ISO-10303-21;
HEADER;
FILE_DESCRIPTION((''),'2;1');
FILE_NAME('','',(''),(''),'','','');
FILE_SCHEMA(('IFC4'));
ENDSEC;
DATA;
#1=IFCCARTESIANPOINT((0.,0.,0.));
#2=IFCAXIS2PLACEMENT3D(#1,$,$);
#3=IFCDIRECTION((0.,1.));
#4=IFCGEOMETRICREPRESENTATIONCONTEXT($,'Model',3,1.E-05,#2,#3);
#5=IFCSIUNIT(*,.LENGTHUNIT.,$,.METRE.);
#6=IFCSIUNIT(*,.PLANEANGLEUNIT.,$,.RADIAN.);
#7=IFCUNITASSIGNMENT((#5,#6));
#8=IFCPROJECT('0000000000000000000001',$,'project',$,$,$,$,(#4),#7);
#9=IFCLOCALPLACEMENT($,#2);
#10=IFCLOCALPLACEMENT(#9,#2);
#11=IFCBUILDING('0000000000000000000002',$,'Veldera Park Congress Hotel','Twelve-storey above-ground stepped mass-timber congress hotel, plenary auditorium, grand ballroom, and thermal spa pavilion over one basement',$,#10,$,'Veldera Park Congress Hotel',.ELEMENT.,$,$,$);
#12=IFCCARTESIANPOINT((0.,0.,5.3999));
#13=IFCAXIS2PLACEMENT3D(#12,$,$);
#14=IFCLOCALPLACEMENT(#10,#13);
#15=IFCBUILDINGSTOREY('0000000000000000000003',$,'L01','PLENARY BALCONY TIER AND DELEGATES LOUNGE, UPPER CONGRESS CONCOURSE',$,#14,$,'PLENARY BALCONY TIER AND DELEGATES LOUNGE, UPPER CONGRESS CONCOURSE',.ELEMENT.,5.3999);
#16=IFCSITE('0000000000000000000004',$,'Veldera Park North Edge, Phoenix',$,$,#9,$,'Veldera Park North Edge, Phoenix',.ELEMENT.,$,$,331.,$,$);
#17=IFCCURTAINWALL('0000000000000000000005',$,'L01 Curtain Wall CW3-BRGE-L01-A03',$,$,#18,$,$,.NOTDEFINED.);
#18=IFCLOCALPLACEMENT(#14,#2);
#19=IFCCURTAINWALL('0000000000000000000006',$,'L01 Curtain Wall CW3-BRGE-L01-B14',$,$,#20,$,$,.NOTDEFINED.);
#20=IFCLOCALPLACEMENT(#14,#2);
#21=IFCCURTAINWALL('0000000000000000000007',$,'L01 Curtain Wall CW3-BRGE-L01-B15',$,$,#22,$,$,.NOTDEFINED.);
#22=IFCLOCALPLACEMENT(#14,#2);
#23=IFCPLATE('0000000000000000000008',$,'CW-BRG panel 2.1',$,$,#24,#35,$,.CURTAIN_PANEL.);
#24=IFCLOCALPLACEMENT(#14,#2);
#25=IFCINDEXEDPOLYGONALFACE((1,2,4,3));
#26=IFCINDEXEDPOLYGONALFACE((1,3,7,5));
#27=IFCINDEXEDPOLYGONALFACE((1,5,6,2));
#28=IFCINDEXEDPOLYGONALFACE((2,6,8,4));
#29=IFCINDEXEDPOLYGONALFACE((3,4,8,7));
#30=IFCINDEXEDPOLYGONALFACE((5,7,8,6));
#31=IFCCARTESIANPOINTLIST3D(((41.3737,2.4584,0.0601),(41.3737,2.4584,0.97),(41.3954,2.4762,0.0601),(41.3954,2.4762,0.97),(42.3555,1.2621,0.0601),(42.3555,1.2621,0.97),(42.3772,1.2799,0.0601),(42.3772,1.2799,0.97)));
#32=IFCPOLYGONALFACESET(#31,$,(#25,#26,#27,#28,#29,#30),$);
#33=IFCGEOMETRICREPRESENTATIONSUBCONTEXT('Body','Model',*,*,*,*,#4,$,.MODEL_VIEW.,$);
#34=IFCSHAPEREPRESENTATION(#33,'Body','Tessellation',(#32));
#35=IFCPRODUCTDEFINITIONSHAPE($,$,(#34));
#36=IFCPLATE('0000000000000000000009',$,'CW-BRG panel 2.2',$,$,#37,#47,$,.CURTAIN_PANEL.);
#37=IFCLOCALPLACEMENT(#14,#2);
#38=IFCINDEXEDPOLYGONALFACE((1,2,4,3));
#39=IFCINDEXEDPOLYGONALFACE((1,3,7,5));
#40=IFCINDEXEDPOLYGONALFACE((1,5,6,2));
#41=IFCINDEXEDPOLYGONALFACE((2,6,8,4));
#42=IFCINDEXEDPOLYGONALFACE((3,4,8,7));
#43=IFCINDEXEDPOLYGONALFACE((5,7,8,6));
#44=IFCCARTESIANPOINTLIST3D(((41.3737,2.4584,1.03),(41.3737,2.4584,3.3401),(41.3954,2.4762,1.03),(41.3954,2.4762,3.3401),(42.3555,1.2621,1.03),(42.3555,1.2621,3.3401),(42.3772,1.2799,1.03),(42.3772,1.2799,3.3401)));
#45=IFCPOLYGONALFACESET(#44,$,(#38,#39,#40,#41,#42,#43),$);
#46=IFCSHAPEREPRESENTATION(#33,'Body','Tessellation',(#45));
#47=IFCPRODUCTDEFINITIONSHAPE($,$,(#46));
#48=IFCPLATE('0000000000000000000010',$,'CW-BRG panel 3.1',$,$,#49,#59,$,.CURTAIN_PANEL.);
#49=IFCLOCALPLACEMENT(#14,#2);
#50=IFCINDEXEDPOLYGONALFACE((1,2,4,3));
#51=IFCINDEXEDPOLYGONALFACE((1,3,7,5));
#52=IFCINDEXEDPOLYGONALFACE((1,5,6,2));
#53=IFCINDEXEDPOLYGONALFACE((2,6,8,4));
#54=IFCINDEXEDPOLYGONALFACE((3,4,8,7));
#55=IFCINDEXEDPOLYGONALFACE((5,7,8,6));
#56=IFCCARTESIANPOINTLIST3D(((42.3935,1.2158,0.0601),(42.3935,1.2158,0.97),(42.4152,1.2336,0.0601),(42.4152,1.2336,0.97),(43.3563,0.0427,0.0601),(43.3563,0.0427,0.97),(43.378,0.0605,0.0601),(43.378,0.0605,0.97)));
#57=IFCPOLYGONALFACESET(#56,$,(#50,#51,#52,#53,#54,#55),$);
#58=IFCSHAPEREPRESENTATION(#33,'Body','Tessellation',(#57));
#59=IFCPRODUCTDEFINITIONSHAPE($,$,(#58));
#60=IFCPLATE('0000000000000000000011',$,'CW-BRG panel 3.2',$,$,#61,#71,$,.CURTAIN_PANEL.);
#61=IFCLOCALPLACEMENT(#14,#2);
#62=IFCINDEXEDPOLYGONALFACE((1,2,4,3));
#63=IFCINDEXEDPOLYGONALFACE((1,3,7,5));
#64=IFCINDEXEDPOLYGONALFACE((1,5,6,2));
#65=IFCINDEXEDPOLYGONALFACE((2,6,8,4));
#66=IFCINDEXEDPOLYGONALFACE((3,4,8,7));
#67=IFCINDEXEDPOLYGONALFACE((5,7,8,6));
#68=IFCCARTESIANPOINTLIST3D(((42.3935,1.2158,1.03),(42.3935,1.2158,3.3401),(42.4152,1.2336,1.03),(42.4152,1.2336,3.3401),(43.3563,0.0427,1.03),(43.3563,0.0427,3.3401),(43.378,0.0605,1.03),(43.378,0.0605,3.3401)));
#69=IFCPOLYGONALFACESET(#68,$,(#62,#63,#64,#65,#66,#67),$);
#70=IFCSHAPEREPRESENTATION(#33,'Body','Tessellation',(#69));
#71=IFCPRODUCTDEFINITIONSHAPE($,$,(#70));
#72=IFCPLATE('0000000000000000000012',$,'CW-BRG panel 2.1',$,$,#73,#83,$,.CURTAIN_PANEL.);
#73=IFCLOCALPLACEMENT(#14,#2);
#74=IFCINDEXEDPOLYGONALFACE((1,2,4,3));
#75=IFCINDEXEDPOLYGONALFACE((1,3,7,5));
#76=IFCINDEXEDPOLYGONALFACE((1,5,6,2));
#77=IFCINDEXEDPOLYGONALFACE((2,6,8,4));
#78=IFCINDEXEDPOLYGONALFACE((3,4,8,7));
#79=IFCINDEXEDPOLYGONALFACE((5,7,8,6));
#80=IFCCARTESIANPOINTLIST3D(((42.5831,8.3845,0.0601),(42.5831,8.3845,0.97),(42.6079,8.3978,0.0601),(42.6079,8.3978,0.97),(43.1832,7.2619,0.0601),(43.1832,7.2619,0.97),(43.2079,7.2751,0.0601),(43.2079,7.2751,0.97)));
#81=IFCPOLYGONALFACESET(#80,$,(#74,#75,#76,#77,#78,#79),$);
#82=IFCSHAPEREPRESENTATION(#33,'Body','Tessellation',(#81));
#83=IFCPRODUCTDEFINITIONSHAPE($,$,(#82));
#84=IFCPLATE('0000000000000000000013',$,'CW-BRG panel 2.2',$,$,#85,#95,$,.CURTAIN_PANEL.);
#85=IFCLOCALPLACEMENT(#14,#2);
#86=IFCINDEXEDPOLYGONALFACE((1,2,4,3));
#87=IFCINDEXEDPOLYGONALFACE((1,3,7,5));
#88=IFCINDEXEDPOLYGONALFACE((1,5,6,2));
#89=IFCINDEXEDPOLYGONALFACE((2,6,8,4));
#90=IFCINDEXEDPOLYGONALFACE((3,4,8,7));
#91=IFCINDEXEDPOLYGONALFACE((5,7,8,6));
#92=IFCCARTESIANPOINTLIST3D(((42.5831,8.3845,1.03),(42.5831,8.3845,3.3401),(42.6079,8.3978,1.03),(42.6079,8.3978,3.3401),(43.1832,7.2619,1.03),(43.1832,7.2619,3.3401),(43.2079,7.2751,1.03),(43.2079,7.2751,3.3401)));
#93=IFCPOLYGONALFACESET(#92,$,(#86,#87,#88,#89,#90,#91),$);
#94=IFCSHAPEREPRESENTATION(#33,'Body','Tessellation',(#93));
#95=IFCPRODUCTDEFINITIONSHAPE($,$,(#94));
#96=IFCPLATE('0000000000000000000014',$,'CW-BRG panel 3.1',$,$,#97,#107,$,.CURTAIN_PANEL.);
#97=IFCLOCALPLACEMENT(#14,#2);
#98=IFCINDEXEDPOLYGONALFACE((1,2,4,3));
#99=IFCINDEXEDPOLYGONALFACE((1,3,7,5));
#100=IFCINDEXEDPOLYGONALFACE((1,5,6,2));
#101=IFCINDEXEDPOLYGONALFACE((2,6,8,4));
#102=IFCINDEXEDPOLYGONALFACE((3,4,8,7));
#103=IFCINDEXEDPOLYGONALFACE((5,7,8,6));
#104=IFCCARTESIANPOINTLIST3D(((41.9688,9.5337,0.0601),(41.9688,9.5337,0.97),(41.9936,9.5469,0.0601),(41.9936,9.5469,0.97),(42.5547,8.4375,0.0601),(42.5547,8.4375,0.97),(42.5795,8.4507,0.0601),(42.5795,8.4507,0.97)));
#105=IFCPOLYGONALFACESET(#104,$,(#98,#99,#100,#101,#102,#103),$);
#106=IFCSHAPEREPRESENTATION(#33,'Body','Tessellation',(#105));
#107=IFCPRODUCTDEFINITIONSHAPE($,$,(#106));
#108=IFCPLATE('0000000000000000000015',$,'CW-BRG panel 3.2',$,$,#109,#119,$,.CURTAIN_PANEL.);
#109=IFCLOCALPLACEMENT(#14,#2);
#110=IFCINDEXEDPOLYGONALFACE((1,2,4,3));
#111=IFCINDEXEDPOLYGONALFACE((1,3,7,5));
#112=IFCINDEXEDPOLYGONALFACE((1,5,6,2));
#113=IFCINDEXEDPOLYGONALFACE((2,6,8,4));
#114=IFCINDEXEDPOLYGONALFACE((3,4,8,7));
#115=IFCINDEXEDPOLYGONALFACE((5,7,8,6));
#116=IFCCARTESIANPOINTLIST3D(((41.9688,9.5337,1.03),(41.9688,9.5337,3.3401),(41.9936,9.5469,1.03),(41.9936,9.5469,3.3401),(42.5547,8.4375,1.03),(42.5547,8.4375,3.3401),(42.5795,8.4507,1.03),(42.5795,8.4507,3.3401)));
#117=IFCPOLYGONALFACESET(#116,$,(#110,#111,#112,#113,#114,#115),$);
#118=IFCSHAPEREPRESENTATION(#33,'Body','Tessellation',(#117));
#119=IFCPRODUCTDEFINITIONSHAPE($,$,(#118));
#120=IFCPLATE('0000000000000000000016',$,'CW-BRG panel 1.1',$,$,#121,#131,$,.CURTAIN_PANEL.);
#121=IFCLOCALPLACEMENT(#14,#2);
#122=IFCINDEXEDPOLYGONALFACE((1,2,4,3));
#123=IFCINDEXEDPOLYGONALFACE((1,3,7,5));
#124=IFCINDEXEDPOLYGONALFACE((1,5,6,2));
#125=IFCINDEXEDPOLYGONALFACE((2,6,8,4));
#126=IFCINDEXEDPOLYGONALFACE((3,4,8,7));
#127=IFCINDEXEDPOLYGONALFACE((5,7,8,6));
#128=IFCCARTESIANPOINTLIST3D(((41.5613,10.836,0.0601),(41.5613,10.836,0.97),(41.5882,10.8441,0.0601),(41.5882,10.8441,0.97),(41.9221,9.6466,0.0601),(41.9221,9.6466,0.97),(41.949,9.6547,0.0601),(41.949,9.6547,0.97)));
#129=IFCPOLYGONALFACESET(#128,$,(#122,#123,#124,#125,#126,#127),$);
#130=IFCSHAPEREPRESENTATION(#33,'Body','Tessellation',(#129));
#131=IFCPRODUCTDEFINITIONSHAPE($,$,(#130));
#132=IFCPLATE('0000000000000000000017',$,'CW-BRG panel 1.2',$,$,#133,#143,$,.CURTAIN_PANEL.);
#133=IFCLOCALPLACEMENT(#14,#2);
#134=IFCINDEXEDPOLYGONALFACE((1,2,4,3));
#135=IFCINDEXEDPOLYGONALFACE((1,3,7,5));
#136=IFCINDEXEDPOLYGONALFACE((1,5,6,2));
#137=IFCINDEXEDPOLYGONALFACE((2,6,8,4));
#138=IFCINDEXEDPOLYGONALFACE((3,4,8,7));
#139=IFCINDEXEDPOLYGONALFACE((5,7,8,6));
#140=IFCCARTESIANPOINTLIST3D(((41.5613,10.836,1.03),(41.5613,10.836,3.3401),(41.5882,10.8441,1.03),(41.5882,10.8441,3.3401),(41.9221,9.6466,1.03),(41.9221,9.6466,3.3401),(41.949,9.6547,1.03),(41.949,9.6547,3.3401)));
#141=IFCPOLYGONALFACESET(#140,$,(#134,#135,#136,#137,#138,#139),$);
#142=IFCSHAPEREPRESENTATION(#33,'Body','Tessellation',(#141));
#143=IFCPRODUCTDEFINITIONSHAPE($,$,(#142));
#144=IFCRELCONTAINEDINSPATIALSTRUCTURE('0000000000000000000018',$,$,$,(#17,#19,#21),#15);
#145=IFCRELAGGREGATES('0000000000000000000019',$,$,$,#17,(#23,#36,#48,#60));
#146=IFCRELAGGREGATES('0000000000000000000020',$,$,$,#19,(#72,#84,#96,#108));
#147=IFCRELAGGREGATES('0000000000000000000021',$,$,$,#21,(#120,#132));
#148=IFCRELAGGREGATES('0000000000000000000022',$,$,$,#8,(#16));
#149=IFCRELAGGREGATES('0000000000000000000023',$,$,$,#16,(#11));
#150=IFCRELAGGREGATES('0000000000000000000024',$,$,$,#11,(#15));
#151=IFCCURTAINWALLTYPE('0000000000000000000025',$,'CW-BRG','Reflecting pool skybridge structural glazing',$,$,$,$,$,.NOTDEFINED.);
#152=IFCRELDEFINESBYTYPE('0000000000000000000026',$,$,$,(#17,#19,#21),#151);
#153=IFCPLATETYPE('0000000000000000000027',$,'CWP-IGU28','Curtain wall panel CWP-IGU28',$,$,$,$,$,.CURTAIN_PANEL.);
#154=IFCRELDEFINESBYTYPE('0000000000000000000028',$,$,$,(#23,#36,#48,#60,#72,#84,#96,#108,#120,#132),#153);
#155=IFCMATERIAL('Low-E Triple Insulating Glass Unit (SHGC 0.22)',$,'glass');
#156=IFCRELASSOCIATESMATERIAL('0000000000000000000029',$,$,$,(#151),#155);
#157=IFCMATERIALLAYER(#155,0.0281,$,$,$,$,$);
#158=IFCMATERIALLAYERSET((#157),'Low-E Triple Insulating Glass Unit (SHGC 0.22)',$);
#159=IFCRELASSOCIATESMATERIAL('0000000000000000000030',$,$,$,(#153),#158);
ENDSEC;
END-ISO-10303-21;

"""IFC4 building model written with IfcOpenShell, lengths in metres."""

from ifc_helpers import new_model, si_unit, direction, frame, origin, origin_2d, place, context, subcontext, project, spatial, rectangle, extrude, material, layer, layer_set, type_object, element, aggregate, save


model = new_model("IFC4")

# Units and contexts
model_context = context("Model", 3, precision=1e-05, world=origin(), true_north=direction((0.0, 1.0)))
body_context = subcontext(model_context, "Body", "Model", "MODEL_VIEW")
ifc_project = project(units=[si_unit("LENGTHUNIT", "METRE"), si_unit("PLANEANGLEUNIT", "RADIAN")], contexts=[model_context])

# Site, building, storey
site_placement = place(None, origin())
site = spatial("IfcSite", under=ifc_project, at=site_placement, Name="Veldera Park North Edge, Phoenix", LongName="Veldera Park North Edge, Phoenix", CompositionType="ELEMENT", RefElevation=331.0)
building_placement = place(site_placement, origin())
building = spatial("IfcBuilding", under=site, at=building_placement, Name="Veldera Park Congress Hotel", Description="Twelve-storey above-ground stepped mass-timber congress hotel, plenary auditorium, grand ballroom, and thermal spa pavilion over one basement", LongName="Veldera Park Congress Hotel", CompositionType="ELEMENT")
storey_placement = place(building_placement, frame((0.0, 0.0, 5.3999)))
storey = spatial("IfcBuildingStorey", under=building, at=storey_placement, Name="L01", Description="PLENARY BALCONY TIER AND DELEGATES LOUNGE, UPPER CONGRESS CONCOURSE", LongName="PLENARY BALCONY TIER AND DELEGATES LOUNGE, UPPER CONGRESS CONCOURSE", CompositionType="ELEMENT", Elevation=5.3999)

# Curtain walls
ifc_material_1 = material(Name="Low-E Triple Insulating Glass Unit (SHGC 0.22)", Category="glass")
curtain_wall_type = type_object("IfcCurtainWallType", Name="CW-BRG", Description="Reflecting pool skybridge structural glazing", PredefinedType="NOTDEFINED", material=ifc_material_1)
curtain_wall_1_placement = place(storey_placement, origin())
curtain_wall_1 = element("IfcCurtainWall", 1, at=curtain_wall_1_placement, inside=storey, type_object=curtain_wall_type, Name="L01 Curtain Wall CW3-BRGE-L01-A03", PredefinedType="NOTDEFINED")
curtain_wall_2_placement = place(storey_placement, origin())
curtain_wall_2 = element("IfcCurtainWall", 2, at=curtain_wall_2_placement, inside=storey, type_object=curtain_wall_type, Name="L01 Curtain Wall CW3-BRGE-L01-B14", PredefinedType="NOTDEFINED")
curtain_wall_3_placement = place(storey_placement, origin())
curtain_wall_3 = element("IfcCurtainWall", 3, at=curtain_wall_3_placement, inside=storey, type_object=curtain_wall_type, Name="L01 Curtain Wall CW3-BRGE-L01-B15", PredefinedType="NOTDEFINED")

# Plates
ifc_layer = layer(ifc_material_1, 0.0281)
ifc_layer_set = layer_set([ifc_layer], Name="Low-E Triple Insulating Glass Unit (SHGC 0.22)")
plate_type = type_object("IfcPlateType", Name="CWP-IGU28", Description="Curtain wall panel CWP-IGU28", PredefinedType="CURTAIN_PANEL", material=ifc_layer_set)
plate_1_placement = place(storey_placement, frame((41.8755, 1.8691, 0.0601), z_axis=(0.0, 0.0, 1.0), x_axis=(0.634402, -0.773003, 0.0)))
plate_1 = element("IfcPlate", 4, at=plate_1_placement, type_object=plate_type, Name="CW-BRG panel 2.1", PredefinedType="CURTAIN_PANEL", context=body_context, shape_type="SweptSolid", body=[
    extrude(rectangle(XDim=1.5476, YDim=0.0281, at=origin_2d()), origin(), (0.0, 0.0, 1.0), 0.9099),
])
plate_2_placement = place(storey_placement, frame((41.8755, 1.8691, 1.03), z_axis=(0.0, 0.0, 1.0), x_axis=(0.634402, -0.773003, 0.0)))
plate_2 = element("IfcPlate", 5, at=plate_2_placement, type_object=plate_type, Name="CW-BRG panel 2.2", PredefinedType="CURTAIN_PANEL", context=body_context, shape_type="SweptSolid", body=[
    extrude(rectangle(XDim=1.5476, YDim=0.0281, at=origin_2d()), origin(), (0.0, 0.0, 1.0), 2.3101),
])
plate_3_placement = place(storey_placement, frame((42.8857, 0.6382, 0.0601), z_axis=(0.0, 0.0, 1.0), x_axis=(0.634402, -0.773003, 0.0)))
plate_3 = element("IfcPlate", 6, at=plate_3_placement, type_object=plate_type, Name="CW-BRG panel 3.1", PredefinedType="CURTAIN_PANEL", context=body_context, shape_type="SweptSolid", body=[
    extrude(rectangle(XDim=1.5176, YDim=0.0281, at=origin_2d()), origin(), (0.0, 0.0, 1.0), 0.9099),
])
plate_4_placement = place(storey_placement, frame((42.8857, 0.6382, 1.03), z_axis=(0.0, 0.0, 1.0), x_axis=(0.634402, -0.773003, 0.0)))
plate_4 = element("IfcPlate", 7, at=plate_4_placement, type_object=plate_type, Name="CW-BRG panel 3.2", PredefinedType="CURTAIN_PANEL", context=body_context, shape_type="SweptSolid", body=[
    extrude(rectangle(XDim=1.5176, YDim=0.0281, at=origin_2d()), origin(), (0.0, 0.0, 1.0), 2.3101),
])
aggregate(curtain_wall_1, [plate_1, plate_2, plate_3, plate_4])
plate_5_placement = place(storey_placement, frame((42.8955, 7.8298, 0.0601), z_axis=(0.0, 0.0, 1.0), x_axis=(-0.471384, 0.881928, 0.0)))
plate_5 = element("IfcPlate", 8, at=plate_5_placement, type_object=plate_type, Name="CW-BRG panel 2.1", PredefinedType="CURTAIN_PANEL", context=body_context, shape_type="SweptSolid", body=[
    extrude(rectangle(XDim=1.2729, YDim=0.0281, at=origin_2d()), origin(), (0.0, 0.0, 1.0), 0.9099),
])
plate_6_placement = place(storey_placement, frame((42.8955, 7.8298, 1.03), z_axis=(0.0, 0.0, 1.0), x_axis=(-0.471384, 0.881928, 0.0)))
plate_6 = element("IfcPlate", 9, at=plate_6_placement, type_object=plate_type, Name="CW-BRG panel 2.2", PredefinedType="CURTAIN_PANEL", context=body_context, shape_type="SweptSolid", body=[
    extrude(rectangle(XDim=1.2729, YDim=0.0281, at=origin_2d()), origin(), (0.0, 0.0, 1.0), 2.3101),
])
plate_7_placement = place(storey_placement, frame((42.2742, 8.9922, 0.0601), z_axis=(0.0, 0.0, 1.0), x_axis=(-0.471384, 0.881928, 0.0)))
plate_7 = element("IfcPlate", 10, at=plate_7_placement, type_object=plate_type, Name="CW-BRG panel 3.1", PredefinedType="CURTAIN_PANEL", context=body_context, shape_type="SweptSolid", body=[
    extrude(rectangle(XDim=1.2429, YDim=0.0281, at=origin_2d()), origin(), (0.0, 0.0, 1.0), 0.9099),
])
plate_8_placement = place(storey_placement, frame((42.2742, 8.9922, 1.03), z_axis=(0.0, 0.0, 1.0), x_axis=(-0.471384, 0.881928, 0.0)))
plate_8 = element("IfcPlate", 11, at=plate_8_placement, type_object=plate_type, Name="CW-BRG panel 3.2", PredefinedType="CURTAIN_PANEL", context=body_context, shape_type="SweptSolid", body=[
    extrude(rectangle(XDim=1.2429, YDim=0.0281, at=origin_2d()), origin(), (0.0, 0.0, 1.0), 2.3101),
])
aggregate(curtain_wall_2, [plate_5, plate_6, plate_7, plate_8])
plate_9_placement = place(storey_placement, frame((41.7551, 10.2454, 0.0601), z_axis=(0.0, 0.0, 1.0), x_axis=(-0.29029, 0.956939, 0.0)))
plate_9 = element("IfcPlate", 12, at=plate_9_placement, type_object=plate_type, Name="CW-BRG panel 1.1", PredefinedType="CURTAIN_PANEL", context=body_context, shape_type="SweptSolid", body=[
    extrude(rectangle(XDim=1.2429, YDim=0.0281, at=origin_2d()), origin(), (0.0, 0.0, 1.0), 0.9099),
])
plate_10_placement = place(storey_placement, frame((41.7551, 10.2454, 1.03), z_axis=(0.0, 0.0, 1.0), x_axis=(-0.29029, 0.956939, 0.0)))
plate_10 = element("IfcPlate", 13, at=plate_10_placement, type_object=plate_type, Name="CW-BRG panel 1.2", PredefinedType="CURTAIN_PANEL", context=body_context, shape_type="SweptSolid", body=[
    extrude(rectangle(XDim=1.2429, YDim=0.0281, at=origin_2d()), origin(), (0.0, 0.0, 1.0), 2.3101),
])
aggregate(curtain_wall_3, [plate_9, plate_10])

save(model, "model.ifc")
